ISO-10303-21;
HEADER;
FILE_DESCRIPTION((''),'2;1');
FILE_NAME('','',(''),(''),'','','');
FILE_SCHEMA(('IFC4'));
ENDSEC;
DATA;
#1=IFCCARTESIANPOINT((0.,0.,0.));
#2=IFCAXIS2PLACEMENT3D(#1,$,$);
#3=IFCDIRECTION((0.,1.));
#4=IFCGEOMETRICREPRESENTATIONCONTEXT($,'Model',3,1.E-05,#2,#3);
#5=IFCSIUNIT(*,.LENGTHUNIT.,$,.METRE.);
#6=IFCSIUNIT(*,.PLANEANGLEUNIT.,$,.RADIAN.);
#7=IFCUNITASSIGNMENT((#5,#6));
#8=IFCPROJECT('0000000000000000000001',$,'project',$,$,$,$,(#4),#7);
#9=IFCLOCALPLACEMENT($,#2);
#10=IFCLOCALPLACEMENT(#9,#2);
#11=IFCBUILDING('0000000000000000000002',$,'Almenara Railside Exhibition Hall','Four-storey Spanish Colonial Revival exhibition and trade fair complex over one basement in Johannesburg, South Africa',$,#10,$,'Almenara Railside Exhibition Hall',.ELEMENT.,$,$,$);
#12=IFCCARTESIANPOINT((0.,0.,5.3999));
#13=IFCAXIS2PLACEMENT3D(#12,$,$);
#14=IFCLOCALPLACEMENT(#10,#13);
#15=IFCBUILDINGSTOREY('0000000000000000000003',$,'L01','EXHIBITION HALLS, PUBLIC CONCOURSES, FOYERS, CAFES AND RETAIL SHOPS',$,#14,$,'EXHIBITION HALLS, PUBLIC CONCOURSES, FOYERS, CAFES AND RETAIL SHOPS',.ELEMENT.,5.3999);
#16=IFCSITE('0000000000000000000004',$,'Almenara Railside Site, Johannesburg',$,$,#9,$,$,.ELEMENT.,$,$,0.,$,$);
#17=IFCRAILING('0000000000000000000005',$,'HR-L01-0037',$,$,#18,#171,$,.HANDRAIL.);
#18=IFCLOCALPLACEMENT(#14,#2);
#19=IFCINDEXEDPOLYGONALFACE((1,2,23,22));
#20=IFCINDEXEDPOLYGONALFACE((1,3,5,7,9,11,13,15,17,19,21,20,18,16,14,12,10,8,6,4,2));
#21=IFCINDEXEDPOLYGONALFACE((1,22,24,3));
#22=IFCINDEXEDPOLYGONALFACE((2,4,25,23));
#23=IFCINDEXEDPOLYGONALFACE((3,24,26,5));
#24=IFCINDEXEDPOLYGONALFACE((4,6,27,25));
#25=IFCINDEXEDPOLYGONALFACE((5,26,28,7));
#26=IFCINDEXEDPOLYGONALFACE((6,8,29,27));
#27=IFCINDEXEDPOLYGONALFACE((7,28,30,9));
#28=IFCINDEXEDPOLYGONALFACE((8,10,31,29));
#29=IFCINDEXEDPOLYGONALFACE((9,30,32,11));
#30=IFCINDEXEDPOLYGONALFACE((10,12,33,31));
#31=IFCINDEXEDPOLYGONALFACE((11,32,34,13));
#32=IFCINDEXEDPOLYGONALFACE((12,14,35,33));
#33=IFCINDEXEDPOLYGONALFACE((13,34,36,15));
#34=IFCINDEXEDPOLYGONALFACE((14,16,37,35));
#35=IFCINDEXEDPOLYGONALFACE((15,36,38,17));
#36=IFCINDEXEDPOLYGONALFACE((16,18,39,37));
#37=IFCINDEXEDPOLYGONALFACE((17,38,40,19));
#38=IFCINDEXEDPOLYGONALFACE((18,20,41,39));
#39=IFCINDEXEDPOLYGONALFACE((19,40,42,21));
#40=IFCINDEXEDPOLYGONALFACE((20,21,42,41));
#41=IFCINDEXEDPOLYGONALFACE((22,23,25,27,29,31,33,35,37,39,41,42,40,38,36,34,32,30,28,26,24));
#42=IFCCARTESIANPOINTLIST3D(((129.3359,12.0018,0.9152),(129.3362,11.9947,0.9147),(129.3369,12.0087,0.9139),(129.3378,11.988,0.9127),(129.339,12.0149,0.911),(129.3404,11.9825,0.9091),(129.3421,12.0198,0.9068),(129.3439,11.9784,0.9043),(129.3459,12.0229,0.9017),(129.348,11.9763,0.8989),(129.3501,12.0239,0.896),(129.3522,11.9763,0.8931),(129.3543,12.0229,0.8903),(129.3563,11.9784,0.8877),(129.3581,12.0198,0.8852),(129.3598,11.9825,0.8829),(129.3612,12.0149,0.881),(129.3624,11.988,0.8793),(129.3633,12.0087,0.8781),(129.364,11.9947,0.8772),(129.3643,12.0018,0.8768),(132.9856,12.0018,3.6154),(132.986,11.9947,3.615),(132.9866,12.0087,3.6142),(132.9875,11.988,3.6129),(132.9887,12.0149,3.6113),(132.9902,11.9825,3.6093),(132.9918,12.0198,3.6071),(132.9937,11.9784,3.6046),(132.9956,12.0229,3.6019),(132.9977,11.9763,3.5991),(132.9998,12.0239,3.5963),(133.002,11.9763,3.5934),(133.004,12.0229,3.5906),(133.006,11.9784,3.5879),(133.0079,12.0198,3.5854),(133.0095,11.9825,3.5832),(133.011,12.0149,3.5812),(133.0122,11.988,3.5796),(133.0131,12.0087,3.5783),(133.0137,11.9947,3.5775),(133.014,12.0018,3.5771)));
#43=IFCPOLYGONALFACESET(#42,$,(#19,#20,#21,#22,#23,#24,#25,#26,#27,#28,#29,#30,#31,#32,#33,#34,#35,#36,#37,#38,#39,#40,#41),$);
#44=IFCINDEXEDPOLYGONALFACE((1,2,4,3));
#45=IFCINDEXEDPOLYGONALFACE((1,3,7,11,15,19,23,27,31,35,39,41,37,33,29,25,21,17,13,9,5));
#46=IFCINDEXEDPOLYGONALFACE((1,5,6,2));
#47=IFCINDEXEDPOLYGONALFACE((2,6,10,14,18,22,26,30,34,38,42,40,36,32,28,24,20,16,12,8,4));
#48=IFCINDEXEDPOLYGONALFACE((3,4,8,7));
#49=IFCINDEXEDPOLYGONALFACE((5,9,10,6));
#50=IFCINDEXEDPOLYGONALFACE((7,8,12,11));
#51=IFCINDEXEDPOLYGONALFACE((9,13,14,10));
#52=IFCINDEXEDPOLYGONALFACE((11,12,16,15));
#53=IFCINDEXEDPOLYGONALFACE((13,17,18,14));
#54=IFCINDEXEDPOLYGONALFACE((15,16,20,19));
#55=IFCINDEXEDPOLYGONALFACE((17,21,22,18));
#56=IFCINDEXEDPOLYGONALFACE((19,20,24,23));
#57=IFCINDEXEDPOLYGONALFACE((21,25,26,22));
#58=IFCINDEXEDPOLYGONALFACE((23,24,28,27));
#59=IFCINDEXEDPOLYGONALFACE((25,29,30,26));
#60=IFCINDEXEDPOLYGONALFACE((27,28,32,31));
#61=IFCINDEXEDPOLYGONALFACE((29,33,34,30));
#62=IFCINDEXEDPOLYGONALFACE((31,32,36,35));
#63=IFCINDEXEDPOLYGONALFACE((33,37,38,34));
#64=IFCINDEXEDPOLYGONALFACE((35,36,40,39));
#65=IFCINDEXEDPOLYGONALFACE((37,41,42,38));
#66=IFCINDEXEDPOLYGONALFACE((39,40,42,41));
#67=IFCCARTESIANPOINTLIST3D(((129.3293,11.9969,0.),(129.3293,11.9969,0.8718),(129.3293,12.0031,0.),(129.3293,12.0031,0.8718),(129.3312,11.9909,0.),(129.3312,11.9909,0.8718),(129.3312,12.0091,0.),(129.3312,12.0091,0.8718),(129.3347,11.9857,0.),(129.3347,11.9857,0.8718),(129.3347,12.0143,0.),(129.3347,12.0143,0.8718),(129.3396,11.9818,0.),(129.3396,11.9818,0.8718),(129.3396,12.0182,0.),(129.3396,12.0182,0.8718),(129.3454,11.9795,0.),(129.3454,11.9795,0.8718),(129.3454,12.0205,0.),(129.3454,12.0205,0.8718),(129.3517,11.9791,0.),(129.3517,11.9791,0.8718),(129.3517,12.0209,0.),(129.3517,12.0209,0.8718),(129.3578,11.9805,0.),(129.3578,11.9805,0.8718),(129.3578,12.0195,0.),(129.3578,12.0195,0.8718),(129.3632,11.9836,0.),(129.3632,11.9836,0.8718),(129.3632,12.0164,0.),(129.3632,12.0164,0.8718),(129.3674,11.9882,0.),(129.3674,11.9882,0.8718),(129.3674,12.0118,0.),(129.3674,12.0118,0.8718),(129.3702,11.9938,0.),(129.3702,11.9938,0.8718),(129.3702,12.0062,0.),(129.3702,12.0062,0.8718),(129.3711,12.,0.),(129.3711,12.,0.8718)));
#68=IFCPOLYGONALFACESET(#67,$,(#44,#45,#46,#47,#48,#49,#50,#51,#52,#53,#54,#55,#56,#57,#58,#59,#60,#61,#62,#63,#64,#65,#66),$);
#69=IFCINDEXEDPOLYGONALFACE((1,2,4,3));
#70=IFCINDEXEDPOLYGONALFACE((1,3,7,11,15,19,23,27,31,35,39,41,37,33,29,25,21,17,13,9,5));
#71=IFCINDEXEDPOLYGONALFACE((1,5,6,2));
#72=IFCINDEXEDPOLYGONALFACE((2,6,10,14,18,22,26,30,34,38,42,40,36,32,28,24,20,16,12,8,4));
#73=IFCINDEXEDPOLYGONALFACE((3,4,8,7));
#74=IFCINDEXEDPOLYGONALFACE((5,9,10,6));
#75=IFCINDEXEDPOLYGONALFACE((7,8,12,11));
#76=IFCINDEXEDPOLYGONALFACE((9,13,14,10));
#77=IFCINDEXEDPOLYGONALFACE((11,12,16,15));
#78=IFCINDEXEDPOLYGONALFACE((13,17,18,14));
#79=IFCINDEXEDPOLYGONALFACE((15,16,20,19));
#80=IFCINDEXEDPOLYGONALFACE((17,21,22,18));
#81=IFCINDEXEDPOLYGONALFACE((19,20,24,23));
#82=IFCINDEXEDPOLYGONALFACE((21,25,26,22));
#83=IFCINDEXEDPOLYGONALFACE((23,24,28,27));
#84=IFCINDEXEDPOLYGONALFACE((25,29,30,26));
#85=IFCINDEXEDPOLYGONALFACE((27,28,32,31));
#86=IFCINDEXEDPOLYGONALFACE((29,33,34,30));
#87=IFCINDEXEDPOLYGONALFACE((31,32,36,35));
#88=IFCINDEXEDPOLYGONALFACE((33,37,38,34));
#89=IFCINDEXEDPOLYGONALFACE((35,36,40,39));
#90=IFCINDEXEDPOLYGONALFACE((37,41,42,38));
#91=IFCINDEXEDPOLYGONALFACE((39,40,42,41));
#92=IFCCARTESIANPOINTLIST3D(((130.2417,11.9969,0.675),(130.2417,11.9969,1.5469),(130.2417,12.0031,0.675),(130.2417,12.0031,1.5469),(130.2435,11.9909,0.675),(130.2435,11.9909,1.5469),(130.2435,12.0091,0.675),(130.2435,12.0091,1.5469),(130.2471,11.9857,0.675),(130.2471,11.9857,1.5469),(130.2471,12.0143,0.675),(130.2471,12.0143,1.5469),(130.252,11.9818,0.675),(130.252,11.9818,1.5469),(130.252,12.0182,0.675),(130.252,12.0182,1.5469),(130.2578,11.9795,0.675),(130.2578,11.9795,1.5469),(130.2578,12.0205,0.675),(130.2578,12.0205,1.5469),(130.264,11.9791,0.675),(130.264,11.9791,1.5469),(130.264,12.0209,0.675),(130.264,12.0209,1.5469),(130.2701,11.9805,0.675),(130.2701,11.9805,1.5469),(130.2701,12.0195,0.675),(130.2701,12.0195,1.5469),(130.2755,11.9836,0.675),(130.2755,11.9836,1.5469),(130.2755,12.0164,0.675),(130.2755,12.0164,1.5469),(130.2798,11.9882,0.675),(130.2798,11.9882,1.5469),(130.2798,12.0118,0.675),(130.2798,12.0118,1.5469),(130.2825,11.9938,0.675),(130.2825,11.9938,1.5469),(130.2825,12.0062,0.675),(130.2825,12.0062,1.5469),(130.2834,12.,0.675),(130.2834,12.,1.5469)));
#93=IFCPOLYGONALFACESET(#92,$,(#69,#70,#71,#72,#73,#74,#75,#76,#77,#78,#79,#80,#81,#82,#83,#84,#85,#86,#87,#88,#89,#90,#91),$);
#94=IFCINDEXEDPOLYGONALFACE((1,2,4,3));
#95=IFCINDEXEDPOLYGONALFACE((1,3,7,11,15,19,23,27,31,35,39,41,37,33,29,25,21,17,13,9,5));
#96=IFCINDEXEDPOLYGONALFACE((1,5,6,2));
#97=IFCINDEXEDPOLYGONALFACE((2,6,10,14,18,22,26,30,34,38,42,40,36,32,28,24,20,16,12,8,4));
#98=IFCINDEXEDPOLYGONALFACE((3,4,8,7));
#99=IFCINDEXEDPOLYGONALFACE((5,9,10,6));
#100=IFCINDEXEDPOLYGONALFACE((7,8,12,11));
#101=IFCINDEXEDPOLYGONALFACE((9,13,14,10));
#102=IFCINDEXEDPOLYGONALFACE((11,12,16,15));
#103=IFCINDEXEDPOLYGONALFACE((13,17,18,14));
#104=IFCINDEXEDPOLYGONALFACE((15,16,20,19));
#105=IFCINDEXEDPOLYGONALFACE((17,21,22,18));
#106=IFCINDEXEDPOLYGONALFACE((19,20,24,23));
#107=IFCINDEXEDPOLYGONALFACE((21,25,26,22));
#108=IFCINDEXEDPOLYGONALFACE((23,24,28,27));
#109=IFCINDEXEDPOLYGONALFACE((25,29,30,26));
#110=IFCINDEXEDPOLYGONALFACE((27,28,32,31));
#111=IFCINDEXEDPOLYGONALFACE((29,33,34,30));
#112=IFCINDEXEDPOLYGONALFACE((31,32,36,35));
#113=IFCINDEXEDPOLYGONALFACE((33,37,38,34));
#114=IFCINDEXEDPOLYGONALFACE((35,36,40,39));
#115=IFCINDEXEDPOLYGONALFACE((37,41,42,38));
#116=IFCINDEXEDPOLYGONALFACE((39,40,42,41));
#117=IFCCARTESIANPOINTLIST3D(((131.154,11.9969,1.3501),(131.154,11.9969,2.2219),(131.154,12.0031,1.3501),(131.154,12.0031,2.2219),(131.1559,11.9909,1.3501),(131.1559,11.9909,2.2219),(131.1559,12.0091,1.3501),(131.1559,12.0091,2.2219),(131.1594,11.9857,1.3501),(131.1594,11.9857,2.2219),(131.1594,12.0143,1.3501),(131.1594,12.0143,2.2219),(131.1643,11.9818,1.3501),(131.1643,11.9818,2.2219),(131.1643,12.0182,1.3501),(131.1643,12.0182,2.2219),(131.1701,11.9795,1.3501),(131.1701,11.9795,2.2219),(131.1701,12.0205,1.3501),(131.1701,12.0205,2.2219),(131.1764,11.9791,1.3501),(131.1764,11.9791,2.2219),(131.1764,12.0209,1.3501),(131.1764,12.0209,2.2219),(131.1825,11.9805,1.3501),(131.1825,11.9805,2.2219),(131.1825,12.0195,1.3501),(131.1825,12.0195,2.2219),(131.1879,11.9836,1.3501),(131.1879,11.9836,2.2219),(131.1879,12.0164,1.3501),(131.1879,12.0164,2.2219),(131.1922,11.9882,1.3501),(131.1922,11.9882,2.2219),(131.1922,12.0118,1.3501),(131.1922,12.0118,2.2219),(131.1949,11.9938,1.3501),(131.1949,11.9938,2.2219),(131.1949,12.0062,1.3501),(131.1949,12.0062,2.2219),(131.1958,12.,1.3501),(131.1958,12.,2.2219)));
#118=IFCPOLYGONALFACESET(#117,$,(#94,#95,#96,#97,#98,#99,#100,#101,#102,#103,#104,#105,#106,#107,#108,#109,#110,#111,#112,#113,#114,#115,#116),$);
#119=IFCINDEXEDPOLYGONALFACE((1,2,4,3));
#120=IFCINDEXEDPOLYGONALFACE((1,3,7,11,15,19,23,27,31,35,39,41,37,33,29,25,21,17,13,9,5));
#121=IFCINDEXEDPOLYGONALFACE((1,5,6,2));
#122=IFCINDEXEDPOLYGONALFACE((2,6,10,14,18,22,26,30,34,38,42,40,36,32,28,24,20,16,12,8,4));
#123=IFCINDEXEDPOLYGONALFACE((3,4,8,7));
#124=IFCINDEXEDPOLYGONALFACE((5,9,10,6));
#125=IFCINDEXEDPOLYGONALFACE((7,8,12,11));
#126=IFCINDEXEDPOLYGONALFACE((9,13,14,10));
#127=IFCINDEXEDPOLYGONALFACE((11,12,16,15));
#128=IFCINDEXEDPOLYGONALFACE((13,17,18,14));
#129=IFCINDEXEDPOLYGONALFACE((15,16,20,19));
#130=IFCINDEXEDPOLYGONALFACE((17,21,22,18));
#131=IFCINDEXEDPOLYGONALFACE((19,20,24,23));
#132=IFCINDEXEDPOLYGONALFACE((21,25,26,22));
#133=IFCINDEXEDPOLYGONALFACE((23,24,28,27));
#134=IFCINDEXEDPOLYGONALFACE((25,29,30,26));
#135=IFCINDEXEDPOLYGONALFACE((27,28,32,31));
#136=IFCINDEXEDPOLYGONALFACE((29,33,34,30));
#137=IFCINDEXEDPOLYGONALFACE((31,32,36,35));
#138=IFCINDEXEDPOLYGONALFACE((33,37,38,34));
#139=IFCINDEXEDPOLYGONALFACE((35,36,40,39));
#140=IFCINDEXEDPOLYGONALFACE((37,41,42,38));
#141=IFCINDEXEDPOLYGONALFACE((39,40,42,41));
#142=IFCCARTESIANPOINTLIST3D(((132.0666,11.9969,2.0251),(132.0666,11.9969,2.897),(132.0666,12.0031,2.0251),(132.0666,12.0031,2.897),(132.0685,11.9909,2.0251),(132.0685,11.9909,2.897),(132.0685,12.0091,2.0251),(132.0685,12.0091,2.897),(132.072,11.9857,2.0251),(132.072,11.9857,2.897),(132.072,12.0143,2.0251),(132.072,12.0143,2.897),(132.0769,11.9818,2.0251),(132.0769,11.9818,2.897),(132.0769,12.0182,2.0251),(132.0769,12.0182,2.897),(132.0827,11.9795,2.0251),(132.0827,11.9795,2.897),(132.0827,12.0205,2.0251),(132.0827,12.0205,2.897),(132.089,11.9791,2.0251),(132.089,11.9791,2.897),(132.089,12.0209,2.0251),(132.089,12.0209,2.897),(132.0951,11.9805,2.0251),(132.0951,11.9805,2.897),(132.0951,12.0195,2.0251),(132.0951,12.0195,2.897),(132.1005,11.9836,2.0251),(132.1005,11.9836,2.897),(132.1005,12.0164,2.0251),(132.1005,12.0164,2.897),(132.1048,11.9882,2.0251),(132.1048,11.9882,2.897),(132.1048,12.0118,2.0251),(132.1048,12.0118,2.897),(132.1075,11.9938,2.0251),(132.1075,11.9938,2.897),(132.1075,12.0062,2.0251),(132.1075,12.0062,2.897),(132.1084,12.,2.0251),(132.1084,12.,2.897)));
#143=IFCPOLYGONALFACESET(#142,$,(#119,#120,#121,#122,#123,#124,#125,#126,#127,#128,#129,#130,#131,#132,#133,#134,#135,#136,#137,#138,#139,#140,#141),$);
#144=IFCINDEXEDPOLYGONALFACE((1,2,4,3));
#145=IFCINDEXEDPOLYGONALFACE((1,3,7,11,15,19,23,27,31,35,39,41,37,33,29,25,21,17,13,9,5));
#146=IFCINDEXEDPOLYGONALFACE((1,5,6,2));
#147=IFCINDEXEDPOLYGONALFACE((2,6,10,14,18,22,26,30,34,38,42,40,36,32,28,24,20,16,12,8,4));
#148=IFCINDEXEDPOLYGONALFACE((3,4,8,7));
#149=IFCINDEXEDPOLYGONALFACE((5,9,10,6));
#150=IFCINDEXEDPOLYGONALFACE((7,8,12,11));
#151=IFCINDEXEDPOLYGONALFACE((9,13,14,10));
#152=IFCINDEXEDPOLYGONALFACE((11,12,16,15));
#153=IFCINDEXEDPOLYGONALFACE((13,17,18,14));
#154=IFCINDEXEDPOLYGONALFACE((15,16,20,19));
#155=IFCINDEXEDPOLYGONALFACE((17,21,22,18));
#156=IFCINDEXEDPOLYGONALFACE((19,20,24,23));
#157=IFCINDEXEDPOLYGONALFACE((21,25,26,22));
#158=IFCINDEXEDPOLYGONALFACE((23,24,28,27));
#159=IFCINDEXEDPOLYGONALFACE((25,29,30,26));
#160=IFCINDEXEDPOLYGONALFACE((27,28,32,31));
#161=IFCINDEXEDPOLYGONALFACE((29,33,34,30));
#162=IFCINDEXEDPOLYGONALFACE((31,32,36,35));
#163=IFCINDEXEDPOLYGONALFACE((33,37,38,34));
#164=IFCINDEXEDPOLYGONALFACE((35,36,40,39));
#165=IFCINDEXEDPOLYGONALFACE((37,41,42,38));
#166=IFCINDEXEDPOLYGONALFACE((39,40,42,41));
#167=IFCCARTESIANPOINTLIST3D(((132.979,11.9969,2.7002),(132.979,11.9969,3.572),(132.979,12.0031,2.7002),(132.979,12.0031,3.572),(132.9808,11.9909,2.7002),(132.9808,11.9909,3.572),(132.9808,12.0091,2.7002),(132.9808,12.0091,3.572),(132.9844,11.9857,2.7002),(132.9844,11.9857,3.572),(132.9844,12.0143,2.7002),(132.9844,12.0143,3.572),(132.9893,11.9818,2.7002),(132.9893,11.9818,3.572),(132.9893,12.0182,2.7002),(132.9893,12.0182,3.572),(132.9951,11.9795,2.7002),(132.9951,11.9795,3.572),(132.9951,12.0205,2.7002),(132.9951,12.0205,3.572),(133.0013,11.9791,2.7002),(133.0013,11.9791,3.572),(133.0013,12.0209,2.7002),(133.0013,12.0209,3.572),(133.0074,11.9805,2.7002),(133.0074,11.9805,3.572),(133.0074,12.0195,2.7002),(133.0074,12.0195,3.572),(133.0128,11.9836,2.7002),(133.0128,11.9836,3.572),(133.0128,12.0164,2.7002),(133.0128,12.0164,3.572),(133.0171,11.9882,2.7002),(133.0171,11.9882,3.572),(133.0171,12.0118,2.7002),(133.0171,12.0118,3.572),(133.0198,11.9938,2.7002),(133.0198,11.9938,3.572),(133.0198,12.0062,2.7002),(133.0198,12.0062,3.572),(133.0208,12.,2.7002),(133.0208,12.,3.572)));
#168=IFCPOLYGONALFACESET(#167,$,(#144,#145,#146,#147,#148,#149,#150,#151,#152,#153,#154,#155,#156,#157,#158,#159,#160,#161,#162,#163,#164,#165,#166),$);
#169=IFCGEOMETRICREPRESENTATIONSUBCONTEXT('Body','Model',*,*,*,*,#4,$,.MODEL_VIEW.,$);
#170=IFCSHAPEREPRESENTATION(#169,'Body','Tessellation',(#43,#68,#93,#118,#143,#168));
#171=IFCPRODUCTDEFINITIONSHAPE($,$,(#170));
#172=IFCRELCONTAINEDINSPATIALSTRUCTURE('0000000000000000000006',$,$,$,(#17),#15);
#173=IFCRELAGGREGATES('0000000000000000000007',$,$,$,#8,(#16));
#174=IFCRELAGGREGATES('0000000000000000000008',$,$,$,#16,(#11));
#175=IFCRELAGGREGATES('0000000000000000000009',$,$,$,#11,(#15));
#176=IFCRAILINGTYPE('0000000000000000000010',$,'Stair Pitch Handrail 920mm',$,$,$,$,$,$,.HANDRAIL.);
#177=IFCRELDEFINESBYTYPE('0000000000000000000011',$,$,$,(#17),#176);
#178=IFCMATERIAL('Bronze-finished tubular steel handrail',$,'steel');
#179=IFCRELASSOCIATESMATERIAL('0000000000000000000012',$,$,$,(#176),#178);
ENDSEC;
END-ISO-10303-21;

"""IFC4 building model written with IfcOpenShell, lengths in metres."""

from ifc_helpers import new_model, si_unit, direction, frame, origin, origin_2d, place, context, subcontext, project, spatial, circle, extrude, material, type_object, element, save


model = new_model("IFC4")

# Units and contexts
model_context = context("Model", 3, precision=1e-05, world=origin(), true_north=direction((0.0, 1.0)))
body_context = subcontext(model_context, "Body", "Model", "MODEL_VIEW")
ifc_project = project(units=[si_unit("LENGTHUNIT", "METRE"), si_unit("PLANEANGLEUNIT", "RADIAN")], contexts=[model_context])

# Site, building, storey
site_placement = place(None, origin())
site = spatial("IfcSite", under=ifc_project, at=site_placement, Name="Almenara Railside Site, Johannesburg", CompositionType="ELEMENT", RefElevation=0.0)
building_placement = place(site_placement, origin())
building = spatial("IfcBuilding", under=site, at=building_placement, Name="Almenara Railside Exhibition Hall", Description="Four-storey Spanish Colonial Revival exhibition and trade fair complex over one basement in Johannesburg, South Africa", LongName="Almenara Railside Exhibition Hall", CompositionType="ELEMENT")
storey_placement = place(building_placement, frame((0.0, 0.0, 5.3999)))
storey = spatial("IfcBuildingStorey", under=building, at=storey_placement, Name="L01", Description="EXHIBITION HALLS, PUBLIC CONCOURSES, FOYERS, CAFES AND RETAIL SHOPS", LongName="EXHIBITION HALLS, PUBLIC CONCOURSES, FOYERS, CAFES AND RETAIL SHOPS", CompositionType="ELEMENT", Elevation=5.3999)

# Railing
ifc_material_1 = material(Name="Bronze-finished tubular steel handrail", Category="steel")
railing_type_1 = type_object("IfcRailingType", Name="Stair Pitch Handrail 920mm", PredefinedType="HANDRAIL", material=ifc_material_1)
railing_1_placement = place(storey_placement, frame((129.3501, 12.0, 0.0)))
element("IfcRailing", 1, at=railing_1_placement, inside=storey, type_object=railing_type_1, Name="HR-L01-0037", PredefinedType="HANDRAIL", context=body_context, shape_type="SweptSolid", body=[
    extrude(circle(Radius=0.0239, at=origin_2d()), frame((0.0, 0.0, 0.896), z_axis=(0.8039, 0.0, 0.594764), x_axis=(0.0, 1.0, 0.0)), (0.0, 0.0, 1.0), 4.54),
    extrude(circle(Radius=0.021, at=origin_2d()), origin(), (0.0, 0.0, 1.0), 0.8718),
    extrude(circle(Radius=0.021, at=origin_2d()), frame((0.9124, 0.0, 0.675)), (0.0, 0.0, 1.0), 0.8718),
    extrude(circle(Radius=0.021, at=origin_2d()), frame((1.8247, 0.0, 1.3501)), (0.0, 0.0, 1.0), 0.8718),
    extrude(circle(Radius=0.021, at=origin_2d()), frame((2.7373, 0.0, 2.0251)), (0.0, 0.0, 1.0), 0.8718),
    extrude(circle(Radius=0.021, at=origin_2d()), frame((3.6497, 0.0, 2.7002)), (0.0, 0.0, 1.0), 0.8718),
])

save(model, "model.ifc")
